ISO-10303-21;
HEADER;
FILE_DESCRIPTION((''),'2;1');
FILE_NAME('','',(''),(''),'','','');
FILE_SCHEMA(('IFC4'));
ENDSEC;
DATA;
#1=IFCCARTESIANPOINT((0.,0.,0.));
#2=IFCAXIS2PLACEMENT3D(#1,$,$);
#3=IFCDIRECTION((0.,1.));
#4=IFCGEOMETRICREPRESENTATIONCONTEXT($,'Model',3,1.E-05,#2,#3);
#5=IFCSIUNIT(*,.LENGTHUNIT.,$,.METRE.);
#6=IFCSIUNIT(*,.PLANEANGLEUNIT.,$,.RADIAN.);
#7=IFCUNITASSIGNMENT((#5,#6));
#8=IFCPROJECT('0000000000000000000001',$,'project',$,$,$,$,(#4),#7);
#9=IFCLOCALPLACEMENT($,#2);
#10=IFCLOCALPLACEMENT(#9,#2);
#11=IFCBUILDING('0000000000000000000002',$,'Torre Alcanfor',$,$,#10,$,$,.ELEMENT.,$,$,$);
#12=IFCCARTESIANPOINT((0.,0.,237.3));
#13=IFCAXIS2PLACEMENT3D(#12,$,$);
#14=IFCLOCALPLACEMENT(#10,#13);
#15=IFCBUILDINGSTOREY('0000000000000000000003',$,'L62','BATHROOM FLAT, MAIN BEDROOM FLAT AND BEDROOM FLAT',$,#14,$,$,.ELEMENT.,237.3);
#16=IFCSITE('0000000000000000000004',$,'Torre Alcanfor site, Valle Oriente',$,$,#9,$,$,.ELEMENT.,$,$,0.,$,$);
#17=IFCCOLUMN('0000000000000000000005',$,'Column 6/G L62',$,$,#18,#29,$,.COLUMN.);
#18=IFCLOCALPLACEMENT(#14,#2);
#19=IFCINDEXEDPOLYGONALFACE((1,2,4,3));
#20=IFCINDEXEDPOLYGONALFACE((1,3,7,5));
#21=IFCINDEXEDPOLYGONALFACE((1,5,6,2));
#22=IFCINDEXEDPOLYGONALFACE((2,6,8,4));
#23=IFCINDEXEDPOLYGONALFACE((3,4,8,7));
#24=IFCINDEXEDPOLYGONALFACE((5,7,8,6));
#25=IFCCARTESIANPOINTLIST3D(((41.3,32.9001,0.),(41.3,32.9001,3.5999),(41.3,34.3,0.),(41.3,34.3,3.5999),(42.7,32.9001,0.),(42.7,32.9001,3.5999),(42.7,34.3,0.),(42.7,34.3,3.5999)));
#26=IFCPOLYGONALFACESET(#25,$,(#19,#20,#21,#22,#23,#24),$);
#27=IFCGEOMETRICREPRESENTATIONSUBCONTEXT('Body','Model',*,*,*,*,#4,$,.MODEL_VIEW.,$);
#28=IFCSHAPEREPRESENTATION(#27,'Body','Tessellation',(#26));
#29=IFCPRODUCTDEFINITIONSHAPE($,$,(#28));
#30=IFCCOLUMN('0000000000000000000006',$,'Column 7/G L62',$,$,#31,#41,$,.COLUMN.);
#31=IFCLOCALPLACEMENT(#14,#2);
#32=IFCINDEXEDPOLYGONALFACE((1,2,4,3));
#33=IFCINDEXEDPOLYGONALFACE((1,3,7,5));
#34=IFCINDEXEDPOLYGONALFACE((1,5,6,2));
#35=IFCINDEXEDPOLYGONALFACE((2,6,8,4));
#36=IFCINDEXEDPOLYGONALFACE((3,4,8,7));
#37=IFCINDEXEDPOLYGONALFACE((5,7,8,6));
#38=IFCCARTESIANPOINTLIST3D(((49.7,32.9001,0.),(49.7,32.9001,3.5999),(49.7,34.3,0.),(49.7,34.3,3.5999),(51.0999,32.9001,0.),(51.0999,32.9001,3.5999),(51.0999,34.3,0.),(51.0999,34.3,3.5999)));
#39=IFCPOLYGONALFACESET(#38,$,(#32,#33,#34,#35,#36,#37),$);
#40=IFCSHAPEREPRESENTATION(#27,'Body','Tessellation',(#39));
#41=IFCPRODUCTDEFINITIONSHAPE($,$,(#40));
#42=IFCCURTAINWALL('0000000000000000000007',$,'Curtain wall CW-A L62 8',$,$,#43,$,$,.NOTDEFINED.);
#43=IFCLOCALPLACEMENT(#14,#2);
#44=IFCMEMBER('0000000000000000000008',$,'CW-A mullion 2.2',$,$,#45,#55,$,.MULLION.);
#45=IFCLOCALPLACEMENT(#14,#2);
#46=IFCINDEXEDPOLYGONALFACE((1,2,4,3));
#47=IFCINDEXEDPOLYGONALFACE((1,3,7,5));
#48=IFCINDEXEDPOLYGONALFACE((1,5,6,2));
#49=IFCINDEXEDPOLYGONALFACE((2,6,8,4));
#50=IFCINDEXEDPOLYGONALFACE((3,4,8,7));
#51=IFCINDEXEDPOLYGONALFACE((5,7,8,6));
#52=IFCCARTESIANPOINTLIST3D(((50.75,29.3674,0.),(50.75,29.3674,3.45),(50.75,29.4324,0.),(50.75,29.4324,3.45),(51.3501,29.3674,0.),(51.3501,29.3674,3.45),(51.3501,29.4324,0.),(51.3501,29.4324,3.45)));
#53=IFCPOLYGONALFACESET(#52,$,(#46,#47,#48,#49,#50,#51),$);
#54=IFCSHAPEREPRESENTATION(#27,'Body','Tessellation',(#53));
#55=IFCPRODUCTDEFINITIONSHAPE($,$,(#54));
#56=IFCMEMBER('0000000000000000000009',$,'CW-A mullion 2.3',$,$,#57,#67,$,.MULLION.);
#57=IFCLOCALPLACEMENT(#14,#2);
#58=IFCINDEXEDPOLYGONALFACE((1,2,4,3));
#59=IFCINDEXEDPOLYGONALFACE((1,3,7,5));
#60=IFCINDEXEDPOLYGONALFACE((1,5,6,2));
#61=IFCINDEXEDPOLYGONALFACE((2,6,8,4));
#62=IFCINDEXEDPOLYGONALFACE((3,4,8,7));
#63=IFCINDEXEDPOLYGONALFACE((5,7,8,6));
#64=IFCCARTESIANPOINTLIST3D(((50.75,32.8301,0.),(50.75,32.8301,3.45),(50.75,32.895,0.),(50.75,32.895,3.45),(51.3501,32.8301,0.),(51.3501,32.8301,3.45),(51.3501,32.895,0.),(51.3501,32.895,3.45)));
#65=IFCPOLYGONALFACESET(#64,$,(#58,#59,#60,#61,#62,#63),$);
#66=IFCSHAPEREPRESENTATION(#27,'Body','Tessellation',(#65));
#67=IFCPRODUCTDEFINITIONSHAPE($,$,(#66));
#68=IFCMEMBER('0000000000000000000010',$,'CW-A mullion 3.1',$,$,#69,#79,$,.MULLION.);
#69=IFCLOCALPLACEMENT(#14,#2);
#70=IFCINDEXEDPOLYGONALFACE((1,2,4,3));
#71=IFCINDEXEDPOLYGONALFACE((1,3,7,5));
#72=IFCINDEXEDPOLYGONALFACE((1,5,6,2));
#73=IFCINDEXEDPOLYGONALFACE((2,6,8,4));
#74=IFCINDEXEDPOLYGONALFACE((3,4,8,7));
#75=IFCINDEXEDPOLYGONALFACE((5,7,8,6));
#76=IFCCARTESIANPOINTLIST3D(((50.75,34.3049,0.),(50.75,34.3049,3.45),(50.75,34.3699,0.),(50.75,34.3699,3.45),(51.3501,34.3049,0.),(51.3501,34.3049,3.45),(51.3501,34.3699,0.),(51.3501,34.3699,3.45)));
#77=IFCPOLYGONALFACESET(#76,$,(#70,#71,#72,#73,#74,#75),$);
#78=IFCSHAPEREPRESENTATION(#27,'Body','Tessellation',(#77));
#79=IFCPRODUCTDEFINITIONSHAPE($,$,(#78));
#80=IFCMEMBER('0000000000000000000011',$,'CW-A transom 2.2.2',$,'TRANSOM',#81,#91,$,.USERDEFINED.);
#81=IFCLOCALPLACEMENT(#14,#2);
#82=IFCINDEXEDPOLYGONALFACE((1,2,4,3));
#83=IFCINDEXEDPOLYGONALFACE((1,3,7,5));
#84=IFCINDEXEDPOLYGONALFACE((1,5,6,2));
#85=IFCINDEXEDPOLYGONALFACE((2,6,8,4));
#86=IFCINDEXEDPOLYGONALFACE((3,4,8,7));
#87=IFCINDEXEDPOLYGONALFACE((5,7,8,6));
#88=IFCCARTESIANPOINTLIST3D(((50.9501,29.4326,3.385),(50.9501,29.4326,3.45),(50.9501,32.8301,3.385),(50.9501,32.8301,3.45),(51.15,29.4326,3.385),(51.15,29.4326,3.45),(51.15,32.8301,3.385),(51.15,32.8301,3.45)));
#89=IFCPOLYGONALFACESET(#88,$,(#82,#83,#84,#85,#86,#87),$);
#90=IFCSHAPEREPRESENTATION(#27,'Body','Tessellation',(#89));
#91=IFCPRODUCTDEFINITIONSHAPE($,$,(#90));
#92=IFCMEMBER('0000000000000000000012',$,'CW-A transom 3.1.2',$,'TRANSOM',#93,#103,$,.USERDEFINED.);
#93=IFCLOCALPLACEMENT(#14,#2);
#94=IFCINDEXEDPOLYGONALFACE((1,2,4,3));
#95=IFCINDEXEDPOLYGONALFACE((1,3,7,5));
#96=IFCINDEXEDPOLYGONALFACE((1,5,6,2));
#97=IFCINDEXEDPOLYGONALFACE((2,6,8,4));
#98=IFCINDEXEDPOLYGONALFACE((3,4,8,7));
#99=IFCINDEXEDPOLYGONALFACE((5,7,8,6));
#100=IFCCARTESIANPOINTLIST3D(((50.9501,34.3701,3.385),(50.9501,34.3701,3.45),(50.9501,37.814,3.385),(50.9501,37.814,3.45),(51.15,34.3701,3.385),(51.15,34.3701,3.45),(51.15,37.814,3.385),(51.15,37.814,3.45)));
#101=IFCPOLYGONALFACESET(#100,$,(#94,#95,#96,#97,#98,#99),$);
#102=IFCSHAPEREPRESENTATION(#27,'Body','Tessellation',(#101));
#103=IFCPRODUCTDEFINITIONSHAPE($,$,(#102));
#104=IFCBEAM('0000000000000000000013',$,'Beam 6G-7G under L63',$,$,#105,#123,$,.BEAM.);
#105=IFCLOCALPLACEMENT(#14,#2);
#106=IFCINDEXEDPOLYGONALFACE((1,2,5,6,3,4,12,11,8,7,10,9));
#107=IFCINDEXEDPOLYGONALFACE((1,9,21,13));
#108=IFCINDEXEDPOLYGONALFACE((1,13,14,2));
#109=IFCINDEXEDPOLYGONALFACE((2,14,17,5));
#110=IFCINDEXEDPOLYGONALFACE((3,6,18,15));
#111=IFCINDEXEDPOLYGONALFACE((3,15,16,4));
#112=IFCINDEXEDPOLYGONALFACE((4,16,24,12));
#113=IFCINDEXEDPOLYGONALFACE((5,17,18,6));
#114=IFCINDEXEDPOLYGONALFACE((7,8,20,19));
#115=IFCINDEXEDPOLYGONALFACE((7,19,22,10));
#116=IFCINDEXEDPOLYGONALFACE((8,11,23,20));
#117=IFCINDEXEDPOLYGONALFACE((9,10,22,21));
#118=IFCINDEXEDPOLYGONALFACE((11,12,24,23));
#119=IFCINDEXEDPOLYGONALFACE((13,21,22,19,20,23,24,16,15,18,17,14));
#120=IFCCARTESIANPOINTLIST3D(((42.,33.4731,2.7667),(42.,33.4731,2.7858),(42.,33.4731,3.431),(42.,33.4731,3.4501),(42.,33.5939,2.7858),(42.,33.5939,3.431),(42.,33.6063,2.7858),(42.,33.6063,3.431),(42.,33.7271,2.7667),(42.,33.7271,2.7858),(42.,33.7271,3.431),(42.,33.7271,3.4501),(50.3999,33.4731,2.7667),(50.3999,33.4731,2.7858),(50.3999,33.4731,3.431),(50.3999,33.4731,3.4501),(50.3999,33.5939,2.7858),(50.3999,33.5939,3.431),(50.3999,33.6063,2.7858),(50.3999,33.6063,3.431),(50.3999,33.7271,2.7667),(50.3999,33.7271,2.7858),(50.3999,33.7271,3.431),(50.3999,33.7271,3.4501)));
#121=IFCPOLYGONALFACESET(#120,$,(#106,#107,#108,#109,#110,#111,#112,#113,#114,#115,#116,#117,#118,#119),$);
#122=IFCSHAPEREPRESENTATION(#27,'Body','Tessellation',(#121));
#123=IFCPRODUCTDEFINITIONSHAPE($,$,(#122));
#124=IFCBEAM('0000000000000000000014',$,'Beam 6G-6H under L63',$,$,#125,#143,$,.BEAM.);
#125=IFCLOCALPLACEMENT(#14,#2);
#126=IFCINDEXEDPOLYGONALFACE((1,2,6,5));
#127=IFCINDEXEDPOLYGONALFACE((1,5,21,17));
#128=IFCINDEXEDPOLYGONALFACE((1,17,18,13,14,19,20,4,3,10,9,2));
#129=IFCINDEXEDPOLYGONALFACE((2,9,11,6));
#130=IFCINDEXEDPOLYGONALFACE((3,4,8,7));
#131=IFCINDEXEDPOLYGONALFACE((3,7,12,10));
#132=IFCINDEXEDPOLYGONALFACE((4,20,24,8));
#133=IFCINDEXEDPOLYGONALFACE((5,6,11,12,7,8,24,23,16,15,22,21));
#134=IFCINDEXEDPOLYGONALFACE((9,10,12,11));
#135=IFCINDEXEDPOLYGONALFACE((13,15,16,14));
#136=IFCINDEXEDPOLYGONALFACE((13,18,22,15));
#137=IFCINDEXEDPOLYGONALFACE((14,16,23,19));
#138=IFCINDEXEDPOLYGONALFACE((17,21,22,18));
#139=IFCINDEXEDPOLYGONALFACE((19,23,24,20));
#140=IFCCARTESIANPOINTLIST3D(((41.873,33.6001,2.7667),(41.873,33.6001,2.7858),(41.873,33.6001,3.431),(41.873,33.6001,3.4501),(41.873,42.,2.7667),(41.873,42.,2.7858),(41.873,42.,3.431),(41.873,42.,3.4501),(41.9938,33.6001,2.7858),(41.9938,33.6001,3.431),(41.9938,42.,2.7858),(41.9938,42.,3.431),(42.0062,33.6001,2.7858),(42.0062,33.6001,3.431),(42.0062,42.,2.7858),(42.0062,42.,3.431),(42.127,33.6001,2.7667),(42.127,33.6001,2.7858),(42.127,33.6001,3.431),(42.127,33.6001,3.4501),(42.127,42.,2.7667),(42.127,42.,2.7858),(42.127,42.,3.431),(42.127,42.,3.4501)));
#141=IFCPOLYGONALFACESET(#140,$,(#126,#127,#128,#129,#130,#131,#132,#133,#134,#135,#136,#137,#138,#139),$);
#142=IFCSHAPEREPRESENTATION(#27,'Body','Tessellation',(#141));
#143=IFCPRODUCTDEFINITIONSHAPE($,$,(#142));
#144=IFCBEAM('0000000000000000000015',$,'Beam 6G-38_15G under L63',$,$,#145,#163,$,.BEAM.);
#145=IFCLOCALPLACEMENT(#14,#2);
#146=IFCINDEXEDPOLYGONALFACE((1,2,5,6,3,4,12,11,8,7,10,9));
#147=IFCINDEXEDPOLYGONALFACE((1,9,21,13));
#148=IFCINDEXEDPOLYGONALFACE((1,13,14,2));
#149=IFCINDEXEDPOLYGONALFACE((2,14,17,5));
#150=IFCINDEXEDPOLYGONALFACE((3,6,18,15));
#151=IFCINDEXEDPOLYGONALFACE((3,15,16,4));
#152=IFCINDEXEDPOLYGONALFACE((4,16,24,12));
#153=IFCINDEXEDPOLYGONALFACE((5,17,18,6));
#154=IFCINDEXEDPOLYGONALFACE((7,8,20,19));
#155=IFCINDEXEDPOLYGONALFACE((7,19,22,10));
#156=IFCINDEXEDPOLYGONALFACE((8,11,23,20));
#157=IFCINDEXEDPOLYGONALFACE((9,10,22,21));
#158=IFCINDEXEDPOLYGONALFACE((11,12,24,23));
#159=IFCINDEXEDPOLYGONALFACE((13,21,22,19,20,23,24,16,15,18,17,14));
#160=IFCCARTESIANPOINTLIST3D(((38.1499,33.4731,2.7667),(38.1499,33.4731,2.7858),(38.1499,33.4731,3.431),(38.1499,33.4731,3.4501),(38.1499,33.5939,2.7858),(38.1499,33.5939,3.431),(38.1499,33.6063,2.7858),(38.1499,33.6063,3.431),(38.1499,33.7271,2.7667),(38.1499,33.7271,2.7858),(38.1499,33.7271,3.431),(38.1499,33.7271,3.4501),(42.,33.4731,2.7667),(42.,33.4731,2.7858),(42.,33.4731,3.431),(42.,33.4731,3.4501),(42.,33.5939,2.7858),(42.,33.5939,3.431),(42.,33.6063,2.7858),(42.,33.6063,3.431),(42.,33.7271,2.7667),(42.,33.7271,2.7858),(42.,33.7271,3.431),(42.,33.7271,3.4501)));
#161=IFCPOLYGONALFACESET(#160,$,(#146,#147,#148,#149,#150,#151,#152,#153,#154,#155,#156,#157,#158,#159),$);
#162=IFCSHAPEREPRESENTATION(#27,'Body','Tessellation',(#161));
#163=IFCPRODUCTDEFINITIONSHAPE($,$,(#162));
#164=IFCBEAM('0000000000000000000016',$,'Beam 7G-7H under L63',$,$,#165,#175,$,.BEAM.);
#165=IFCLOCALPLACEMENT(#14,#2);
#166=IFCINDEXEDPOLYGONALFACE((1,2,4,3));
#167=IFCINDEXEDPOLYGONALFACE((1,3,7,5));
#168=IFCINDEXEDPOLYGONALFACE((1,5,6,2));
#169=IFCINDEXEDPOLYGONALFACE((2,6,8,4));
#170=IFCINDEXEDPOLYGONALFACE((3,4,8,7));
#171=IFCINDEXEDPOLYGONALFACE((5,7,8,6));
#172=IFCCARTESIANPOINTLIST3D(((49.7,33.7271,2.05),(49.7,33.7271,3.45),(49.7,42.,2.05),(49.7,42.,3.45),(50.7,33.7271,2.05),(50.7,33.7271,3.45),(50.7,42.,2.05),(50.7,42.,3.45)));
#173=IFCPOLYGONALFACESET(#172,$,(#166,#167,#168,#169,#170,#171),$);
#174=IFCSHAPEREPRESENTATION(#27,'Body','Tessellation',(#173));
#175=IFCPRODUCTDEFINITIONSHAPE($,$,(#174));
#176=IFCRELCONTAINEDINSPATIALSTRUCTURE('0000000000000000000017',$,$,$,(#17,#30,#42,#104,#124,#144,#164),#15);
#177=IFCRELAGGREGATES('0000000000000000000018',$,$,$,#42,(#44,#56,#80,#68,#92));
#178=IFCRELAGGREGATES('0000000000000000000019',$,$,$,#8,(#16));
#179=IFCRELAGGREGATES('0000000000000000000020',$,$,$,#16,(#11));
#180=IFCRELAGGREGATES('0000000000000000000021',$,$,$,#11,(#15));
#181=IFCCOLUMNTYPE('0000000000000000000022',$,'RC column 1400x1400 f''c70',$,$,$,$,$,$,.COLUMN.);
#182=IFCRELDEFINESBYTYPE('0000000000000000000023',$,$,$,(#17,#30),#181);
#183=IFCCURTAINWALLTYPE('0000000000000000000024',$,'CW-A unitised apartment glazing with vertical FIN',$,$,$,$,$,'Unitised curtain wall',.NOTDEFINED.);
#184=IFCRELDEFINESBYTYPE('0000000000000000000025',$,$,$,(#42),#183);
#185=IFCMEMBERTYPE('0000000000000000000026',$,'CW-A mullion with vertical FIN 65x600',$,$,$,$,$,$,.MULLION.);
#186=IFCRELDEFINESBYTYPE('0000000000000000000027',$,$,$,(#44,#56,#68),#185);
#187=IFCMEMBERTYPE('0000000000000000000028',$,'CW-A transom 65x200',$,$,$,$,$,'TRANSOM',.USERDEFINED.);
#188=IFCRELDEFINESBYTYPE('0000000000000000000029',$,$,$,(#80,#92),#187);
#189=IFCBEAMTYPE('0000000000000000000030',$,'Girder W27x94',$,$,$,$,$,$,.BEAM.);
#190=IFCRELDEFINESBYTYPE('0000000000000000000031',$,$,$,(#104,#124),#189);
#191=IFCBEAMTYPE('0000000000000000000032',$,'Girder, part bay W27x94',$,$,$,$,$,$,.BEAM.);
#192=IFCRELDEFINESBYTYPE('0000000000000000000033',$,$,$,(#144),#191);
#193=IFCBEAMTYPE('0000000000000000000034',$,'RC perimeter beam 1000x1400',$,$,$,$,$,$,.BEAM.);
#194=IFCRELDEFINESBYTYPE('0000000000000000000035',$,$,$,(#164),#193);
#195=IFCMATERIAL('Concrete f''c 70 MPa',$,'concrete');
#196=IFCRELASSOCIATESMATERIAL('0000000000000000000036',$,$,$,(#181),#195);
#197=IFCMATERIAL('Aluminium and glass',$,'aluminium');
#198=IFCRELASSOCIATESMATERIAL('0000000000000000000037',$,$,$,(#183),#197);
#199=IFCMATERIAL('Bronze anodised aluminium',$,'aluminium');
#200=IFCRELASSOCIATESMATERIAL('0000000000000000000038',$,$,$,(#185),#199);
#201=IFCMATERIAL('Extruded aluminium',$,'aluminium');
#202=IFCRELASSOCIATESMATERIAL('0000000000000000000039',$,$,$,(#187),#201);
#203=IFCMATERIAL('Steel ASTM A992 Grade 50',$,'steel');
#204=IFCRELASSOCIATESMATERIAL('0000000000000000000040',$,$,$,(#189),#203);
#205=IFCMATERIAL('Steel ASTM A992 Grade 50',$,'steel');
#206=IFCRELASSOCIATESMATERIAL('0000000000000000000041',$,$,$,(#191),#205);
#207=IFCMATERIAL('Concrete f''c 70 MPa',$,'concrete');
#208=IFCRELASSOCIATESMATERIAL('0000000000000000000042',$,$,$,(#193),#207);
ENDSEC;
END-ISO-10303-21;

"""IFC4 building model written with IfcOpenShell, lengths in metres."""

from ifc_helpers import new_model, si_unit, direction, frame, origin, origin_2d, place, context, subcontext, project, spatial, rectangle, i_section, extrude, material, material_profile, profile_set, type_object, element, aggregate, save


model = new_model("IFC4")

# Units and contexts
model_context = context("Model", 3, precision=1e-05, world=origin(), true_north=direction((0.0, 1.0)))
body_context = subcontext(model_context, "Body", "Model", "MODEL_VIEW")
ifc_project = project(units=[si_unit("LENGTHUNIT", "METRE"), si_unit("PLANEANGLEUNIT", "RADIAN")], contexts=[model_context])

# Site, building, storey
site_placement = place(None, origin())
site = spatial("IfcSite", under=ifc_project, at=site_placement, Name="Torre Alcanfor site, Valle Oriente", CompositionType="ELEMENT", RefElevation=0.0)
building_placement = place(site_placement, origin())
building = spatial("IfcBuilding", under=site, at=building_placement, Name="Torre Alcanfor", CompositionType="ELEMENT")
storey_placement = place(building_placement, frame((0.0, 0.0, 237.3)))
storey = spatial("IfcBuildingStorey", under=building, at=storey_placement, Name="L62", Description="BATHROOM FLAT, MAIN BEDROOM FLAT AND BEDROOM FLAT", CompositionType="ELEMENT", Elevation=237.3)

# Columns
ifc_material_1 = material(Name="Concrete f'c 70 MPa", Category="concrete")
ifc_material_profile_1 = material_profile(ifc_material_1, rectangle(XDim=1.3999, YDim=1.3999, at=origin_2d()), Name="1400x1400")
ifc_profile_set_1 = profile_set([ifc_material_profile_1], Name="Concrete f'c 70 MPa")
column_type = type_object("IfcColumnType", Name="RC column 1400x1400 f'c70", PredefinedType="COLUMN", material=ifc_profile_set_1)
for number, where, z_axis, x_axis, name in (
    (1, (42.0, 33.6001, 0.0), (0.0, 0.0, 1.0), (1.0, 0.0, 0.0), "Column 6/G L62"),
    (2, (50.3999, 33.6001, 0.0), (0.0, 0.0, 1.0), (1.0, 0.0, 0.0), "Column 7/G L62"),
):
    element("IfcColumn", number, at=place(storey_placement, frame(where, z_axis=z_axis, x_axis=x_axis)), inside=storey, type_object=column_type, Name=name, PredefinedType="COLUMN", context=body_context, shape_type="SweptSolid", body=[
        extrude(rectangle(XDim=1.3999, YDim=1.3999, at=origin_2d()), origin(), (0.0, 0.0, 1.0), 3.5999),
    ])

# Curtain wall, members
ifc_material_2 = material(Name="Aluminium and glass", Category="aluminium")
curtain_wall_type = type_object("IfcCurtainWallType", Name="CW-A unitised apartment glazing with vertical FIN", ElementType="Unitised curtain wall", PredefinedType="NOTDEFINED", material=ifc_material_2)
curtain_wall_placement = place(storey_placement, origin())
curtain_wall = element("IfcCurtainWall", 3, at=curtain_wall_placement, inside=storey, type_object=curtain_wall_type, Name="Curtain wall CW-A L62 8", PredefinedType="NOTDEFINED")
ifc_material_3 = material(Name="Bronze anodised aluminium", Category="aluminium")
ifc_material_profile_2 = material_profile(ifc_material_3, rectangle(XDim=0.6001, YDim=0.0649, at=origin_2d()), Name="CW-A mullion 65x600")
ifc_profile_set_2 = profile_set([ifc_material_profile_2], Name="Bronze anodised aluminium")
member_type_1 = type_object("IfcMemberType", Name="CW-A mullion with vertical FIN 65x600", PredefinedType="MULLION", material=ifc_profile_set_2)
member_1_placement = place(storey_placement, frame((51.05, 29.3999, 0.0), z_axis=(0.0, 0.0, 1.0), x_axis=(-1.0, 0.0, 0.0)))
member_1 = element("IfcMember", 4, at=member_1_placement, type_object=member_type_1, Name="CW-A mullion 2.2", PredefinedType="MULLION", context=body_context, shape_type="SweptSolid", body=[
    extrude(rectangle(XDim=0.6001, YDim=0.0649, at=origin_2d()), origin(), (0.0, 0.0, 1.0), 3.45),
])
member_2_placement = place(storey_placement, frame((51.05, 32.8625, 0.0), z_axis=(0.0, 0.0, 1.0), x_axis=(-1.0, 0.0, 0.0)))
member_2 = element("IfcMember", 5, at=member_2_placement, type_object=member_type_1, Name="CW-A mullion 2.3", PredefinedType="MULLION", context=body_context, shape_type="SweptSolid", body=[
    extrude(rectangle(XDim=0.6001, YDim=0.0649, at=origin_2d()), origin(), (0.0, 0.0, 1.0), 3.45),
])
member_3_placement = place(storey_placement, frame((51.05, 34.3374, 0.0), z_axis=(0.0, 0.0, 1.0), x_axis=(-1.0, 0.0, 0.0)))
member_3 = element("IfcMember", 6, at=member_3_placement, type_object=member_type_1, Name="CW-A mullion 3.1", PredefinedType="MULLION", context=body_context, shape_type="SweptSolid", body=[
    extrude(rectangle(XDim=0.6001, YDim=0.0649, at=origin_2d()), origin(), (0.0, 0.0, 1.0), 3.45),
])
ifc_material_4 = material(Name="Extruded aluminium", Category="aluminium")
ifc_material_profile_3 = material_profile(ifc_material_4, rectangle(XDim=0.2, YDim=0.0649, at=origin_2d()), Name="CW-A transom 200x65")
ifc_profile_set_3 = profile_set([ifc_material_profile_3], Name="Extruded aluminium")
member_type_2 = type_object("IfcMemberType", Name="CW-A transom 65x200", ElementType="TRANSOM", PredefinedType="USERDEFINED", material=ifc_profile_set_3)
member_4_placement = place(storey_placement, frame((51.05, 29.4326, 3.4175), z_axis=(0.0, 1.0, 0.0), x_axis=(-1.0, 0.0, 0.0)))
member_4 = element("IfcMember", 7, at=member_4_placement, type_object=member_type_2, Name="CW-A transom 2.2.2", ObjectType="TRANSOM", PredefinedType="USERDEFINED", context=body_context, shape_type="SweptSolid", body=[
    extrude(rectangle(XDim=0.2, YDim=0.0649, at=origin_2d()), origin(), (0.0, 0.0, 1.0), 3.3975),
])
member_5_placement = place(storey_placement, frame((51.05, 34.3701, 3.4175), z_axis=(0.0, 1.0, 0.0), x_axis=(-1.0, 0.0, 0.0)))
member_5 = element("IfcMember", 8, at=member_5_placement, type_object=member_type_2, Name="CW-A transom 3.1.2", ObjectType="TRANSOM", PredefinedType="USERDEFINED", context=body_context, shape_type="SweptSolid", body=[
    extrude(rectangle(XDim=0.2, YDim=0.0649, at=origin_2d()), origin(), (0.0, 0.0, 1.0), 3.4438),
])

# Beams
ifc_material_5 = material(Name="Steel ASTM A992 Grade 50", Category="steel")
ifc_material_profile_4 = material_profile(ifc_material_5, i_section(OverallWidth=0.2539, OverallDepth=0.6833, WebThickness=0.0125, FlangeThickness=0.019, at=origin_2d()), Name="W27x94")
ifc_profile_set_4 = profile_set([ifc_material_profile_4], Name="Steel ASTM A992 Grade 50")
beam_type_1 = type_object("IfcBeamType", Name="Girder W27x94", PredefinedType="BEAM", material=ifc_profile_set_4)
for number, where, z_axis, x_axis, name in (
    (9, (42.0, 33.6001, 3.1084), (1.0, 0.0, 0.0), (0.0, 1.0, 0.0), "Beam 6G-7G under L63"),
    (10, (42.0, 33.6001, 3.1084), (0.0, 1.0, 0.0), (-1.0, 0.0, 0.0), "Beam 6G-6H under L63"),
):
    element("IfcBeam", number, at=place(storey_placement, frame(where, z_axis=z_axis, x_axis=x_axis)), inside=storey, type_object=beam_type_1, Name=name, PredefinedType="BEAM", context=body_context, shape_type="SweptSolid", body=[
        extrude(i_section(OverallWidth=0.2539, OverallDepth=0.6833, WebThickness=0.0125, FlangeThickness=0.019, at=origin_2d()), origin(), (0.0, 0.0, 1.0), 8.3999),
    ])
ifc_material_6 = material(Name="Steel ASTM A992 Grade 50", Category="steel")
ifc_material_profile_5 = material_profile(ifc_material_6, i_section(OverallWidth=0.2539, OverallDepth=0.6833, WebThickness=0.0125, FlangeThickness=0.019, at=origin_2d()), Name="W27x94")
ifc_profile_set_5 = profile_set([ifc_material_profile_5], Name="Steel ASTM A992 Grade 50")
beam_type_2 = type_object("IfcBeamType", Name="Girder, part bay W27x94", PredefinedType="BEAM", material=ifc_profile_set_5)
beam_1_placement = place(storey_placement, frame((42.0, 33.6001, 3.1084), z_axis=(-1.0, 0.0, 0.0), x_axis=(0.0, -1.0, 0.0)))
element("IfcBeam", 11, at=beam_1_placement, inside=storey, type_object=beam_type_2, Name="Beam 6G-38_15G under L63", PredefinedType="BEAM", context=body_context, shape_type="SweptSolid", body=[
    extrude(i_section(OverallWidth=0.2539, OverallDepth=0.6833, WebThickness=0.0125, FlangeThickness=0.019, at=origin_2d()), origin(), (0.0, 0.0, 1.0), 3.8501),
])
ifc_material_7 = material(Name="Concrete f'c 70 MPa", Category="concrete")
ifc_material_profile_6 = material_profile(ifc_material_7, rectangle(XDim=1.0, YDim=1.3999, at=origin_2d()), Name="1000x1400")
ifc_profile_set_6 = profile_set([ifc_material_profile_6], Name="Concrete f'c 70 MPa")
beam_type_3 = type_object("IfcBeamType", Name="RC perimeter beam 1000x1400", PredefinedType="BEAM", material=ifc_profile_set_6)
beam_2_placement = place(storey_placement, frame((50.2, 33.7271, 2.75), z_axis=(0.0, 1.0, 0.0), x_axis=(-1.0, 0.0, 0.0)))
element("IfcBeam", 12, at=beam_2_placement, inside=storey, type_object=beam_type_3, Name="Beam 7G-7H under L63", PredefinedType="BEAM", context=body_context, shape_type="SweptSolid", body=[
    extrude(rectangle(XDim=1.0, YDim=1.3999, at=origin_2d()), origin(), (0.0, 0.0, 1.0), 8.2729),
])

aggregate(curtain_wall, [member_1, member_2, member_4, member_3, member_5])

save(model, "model.ifc")
